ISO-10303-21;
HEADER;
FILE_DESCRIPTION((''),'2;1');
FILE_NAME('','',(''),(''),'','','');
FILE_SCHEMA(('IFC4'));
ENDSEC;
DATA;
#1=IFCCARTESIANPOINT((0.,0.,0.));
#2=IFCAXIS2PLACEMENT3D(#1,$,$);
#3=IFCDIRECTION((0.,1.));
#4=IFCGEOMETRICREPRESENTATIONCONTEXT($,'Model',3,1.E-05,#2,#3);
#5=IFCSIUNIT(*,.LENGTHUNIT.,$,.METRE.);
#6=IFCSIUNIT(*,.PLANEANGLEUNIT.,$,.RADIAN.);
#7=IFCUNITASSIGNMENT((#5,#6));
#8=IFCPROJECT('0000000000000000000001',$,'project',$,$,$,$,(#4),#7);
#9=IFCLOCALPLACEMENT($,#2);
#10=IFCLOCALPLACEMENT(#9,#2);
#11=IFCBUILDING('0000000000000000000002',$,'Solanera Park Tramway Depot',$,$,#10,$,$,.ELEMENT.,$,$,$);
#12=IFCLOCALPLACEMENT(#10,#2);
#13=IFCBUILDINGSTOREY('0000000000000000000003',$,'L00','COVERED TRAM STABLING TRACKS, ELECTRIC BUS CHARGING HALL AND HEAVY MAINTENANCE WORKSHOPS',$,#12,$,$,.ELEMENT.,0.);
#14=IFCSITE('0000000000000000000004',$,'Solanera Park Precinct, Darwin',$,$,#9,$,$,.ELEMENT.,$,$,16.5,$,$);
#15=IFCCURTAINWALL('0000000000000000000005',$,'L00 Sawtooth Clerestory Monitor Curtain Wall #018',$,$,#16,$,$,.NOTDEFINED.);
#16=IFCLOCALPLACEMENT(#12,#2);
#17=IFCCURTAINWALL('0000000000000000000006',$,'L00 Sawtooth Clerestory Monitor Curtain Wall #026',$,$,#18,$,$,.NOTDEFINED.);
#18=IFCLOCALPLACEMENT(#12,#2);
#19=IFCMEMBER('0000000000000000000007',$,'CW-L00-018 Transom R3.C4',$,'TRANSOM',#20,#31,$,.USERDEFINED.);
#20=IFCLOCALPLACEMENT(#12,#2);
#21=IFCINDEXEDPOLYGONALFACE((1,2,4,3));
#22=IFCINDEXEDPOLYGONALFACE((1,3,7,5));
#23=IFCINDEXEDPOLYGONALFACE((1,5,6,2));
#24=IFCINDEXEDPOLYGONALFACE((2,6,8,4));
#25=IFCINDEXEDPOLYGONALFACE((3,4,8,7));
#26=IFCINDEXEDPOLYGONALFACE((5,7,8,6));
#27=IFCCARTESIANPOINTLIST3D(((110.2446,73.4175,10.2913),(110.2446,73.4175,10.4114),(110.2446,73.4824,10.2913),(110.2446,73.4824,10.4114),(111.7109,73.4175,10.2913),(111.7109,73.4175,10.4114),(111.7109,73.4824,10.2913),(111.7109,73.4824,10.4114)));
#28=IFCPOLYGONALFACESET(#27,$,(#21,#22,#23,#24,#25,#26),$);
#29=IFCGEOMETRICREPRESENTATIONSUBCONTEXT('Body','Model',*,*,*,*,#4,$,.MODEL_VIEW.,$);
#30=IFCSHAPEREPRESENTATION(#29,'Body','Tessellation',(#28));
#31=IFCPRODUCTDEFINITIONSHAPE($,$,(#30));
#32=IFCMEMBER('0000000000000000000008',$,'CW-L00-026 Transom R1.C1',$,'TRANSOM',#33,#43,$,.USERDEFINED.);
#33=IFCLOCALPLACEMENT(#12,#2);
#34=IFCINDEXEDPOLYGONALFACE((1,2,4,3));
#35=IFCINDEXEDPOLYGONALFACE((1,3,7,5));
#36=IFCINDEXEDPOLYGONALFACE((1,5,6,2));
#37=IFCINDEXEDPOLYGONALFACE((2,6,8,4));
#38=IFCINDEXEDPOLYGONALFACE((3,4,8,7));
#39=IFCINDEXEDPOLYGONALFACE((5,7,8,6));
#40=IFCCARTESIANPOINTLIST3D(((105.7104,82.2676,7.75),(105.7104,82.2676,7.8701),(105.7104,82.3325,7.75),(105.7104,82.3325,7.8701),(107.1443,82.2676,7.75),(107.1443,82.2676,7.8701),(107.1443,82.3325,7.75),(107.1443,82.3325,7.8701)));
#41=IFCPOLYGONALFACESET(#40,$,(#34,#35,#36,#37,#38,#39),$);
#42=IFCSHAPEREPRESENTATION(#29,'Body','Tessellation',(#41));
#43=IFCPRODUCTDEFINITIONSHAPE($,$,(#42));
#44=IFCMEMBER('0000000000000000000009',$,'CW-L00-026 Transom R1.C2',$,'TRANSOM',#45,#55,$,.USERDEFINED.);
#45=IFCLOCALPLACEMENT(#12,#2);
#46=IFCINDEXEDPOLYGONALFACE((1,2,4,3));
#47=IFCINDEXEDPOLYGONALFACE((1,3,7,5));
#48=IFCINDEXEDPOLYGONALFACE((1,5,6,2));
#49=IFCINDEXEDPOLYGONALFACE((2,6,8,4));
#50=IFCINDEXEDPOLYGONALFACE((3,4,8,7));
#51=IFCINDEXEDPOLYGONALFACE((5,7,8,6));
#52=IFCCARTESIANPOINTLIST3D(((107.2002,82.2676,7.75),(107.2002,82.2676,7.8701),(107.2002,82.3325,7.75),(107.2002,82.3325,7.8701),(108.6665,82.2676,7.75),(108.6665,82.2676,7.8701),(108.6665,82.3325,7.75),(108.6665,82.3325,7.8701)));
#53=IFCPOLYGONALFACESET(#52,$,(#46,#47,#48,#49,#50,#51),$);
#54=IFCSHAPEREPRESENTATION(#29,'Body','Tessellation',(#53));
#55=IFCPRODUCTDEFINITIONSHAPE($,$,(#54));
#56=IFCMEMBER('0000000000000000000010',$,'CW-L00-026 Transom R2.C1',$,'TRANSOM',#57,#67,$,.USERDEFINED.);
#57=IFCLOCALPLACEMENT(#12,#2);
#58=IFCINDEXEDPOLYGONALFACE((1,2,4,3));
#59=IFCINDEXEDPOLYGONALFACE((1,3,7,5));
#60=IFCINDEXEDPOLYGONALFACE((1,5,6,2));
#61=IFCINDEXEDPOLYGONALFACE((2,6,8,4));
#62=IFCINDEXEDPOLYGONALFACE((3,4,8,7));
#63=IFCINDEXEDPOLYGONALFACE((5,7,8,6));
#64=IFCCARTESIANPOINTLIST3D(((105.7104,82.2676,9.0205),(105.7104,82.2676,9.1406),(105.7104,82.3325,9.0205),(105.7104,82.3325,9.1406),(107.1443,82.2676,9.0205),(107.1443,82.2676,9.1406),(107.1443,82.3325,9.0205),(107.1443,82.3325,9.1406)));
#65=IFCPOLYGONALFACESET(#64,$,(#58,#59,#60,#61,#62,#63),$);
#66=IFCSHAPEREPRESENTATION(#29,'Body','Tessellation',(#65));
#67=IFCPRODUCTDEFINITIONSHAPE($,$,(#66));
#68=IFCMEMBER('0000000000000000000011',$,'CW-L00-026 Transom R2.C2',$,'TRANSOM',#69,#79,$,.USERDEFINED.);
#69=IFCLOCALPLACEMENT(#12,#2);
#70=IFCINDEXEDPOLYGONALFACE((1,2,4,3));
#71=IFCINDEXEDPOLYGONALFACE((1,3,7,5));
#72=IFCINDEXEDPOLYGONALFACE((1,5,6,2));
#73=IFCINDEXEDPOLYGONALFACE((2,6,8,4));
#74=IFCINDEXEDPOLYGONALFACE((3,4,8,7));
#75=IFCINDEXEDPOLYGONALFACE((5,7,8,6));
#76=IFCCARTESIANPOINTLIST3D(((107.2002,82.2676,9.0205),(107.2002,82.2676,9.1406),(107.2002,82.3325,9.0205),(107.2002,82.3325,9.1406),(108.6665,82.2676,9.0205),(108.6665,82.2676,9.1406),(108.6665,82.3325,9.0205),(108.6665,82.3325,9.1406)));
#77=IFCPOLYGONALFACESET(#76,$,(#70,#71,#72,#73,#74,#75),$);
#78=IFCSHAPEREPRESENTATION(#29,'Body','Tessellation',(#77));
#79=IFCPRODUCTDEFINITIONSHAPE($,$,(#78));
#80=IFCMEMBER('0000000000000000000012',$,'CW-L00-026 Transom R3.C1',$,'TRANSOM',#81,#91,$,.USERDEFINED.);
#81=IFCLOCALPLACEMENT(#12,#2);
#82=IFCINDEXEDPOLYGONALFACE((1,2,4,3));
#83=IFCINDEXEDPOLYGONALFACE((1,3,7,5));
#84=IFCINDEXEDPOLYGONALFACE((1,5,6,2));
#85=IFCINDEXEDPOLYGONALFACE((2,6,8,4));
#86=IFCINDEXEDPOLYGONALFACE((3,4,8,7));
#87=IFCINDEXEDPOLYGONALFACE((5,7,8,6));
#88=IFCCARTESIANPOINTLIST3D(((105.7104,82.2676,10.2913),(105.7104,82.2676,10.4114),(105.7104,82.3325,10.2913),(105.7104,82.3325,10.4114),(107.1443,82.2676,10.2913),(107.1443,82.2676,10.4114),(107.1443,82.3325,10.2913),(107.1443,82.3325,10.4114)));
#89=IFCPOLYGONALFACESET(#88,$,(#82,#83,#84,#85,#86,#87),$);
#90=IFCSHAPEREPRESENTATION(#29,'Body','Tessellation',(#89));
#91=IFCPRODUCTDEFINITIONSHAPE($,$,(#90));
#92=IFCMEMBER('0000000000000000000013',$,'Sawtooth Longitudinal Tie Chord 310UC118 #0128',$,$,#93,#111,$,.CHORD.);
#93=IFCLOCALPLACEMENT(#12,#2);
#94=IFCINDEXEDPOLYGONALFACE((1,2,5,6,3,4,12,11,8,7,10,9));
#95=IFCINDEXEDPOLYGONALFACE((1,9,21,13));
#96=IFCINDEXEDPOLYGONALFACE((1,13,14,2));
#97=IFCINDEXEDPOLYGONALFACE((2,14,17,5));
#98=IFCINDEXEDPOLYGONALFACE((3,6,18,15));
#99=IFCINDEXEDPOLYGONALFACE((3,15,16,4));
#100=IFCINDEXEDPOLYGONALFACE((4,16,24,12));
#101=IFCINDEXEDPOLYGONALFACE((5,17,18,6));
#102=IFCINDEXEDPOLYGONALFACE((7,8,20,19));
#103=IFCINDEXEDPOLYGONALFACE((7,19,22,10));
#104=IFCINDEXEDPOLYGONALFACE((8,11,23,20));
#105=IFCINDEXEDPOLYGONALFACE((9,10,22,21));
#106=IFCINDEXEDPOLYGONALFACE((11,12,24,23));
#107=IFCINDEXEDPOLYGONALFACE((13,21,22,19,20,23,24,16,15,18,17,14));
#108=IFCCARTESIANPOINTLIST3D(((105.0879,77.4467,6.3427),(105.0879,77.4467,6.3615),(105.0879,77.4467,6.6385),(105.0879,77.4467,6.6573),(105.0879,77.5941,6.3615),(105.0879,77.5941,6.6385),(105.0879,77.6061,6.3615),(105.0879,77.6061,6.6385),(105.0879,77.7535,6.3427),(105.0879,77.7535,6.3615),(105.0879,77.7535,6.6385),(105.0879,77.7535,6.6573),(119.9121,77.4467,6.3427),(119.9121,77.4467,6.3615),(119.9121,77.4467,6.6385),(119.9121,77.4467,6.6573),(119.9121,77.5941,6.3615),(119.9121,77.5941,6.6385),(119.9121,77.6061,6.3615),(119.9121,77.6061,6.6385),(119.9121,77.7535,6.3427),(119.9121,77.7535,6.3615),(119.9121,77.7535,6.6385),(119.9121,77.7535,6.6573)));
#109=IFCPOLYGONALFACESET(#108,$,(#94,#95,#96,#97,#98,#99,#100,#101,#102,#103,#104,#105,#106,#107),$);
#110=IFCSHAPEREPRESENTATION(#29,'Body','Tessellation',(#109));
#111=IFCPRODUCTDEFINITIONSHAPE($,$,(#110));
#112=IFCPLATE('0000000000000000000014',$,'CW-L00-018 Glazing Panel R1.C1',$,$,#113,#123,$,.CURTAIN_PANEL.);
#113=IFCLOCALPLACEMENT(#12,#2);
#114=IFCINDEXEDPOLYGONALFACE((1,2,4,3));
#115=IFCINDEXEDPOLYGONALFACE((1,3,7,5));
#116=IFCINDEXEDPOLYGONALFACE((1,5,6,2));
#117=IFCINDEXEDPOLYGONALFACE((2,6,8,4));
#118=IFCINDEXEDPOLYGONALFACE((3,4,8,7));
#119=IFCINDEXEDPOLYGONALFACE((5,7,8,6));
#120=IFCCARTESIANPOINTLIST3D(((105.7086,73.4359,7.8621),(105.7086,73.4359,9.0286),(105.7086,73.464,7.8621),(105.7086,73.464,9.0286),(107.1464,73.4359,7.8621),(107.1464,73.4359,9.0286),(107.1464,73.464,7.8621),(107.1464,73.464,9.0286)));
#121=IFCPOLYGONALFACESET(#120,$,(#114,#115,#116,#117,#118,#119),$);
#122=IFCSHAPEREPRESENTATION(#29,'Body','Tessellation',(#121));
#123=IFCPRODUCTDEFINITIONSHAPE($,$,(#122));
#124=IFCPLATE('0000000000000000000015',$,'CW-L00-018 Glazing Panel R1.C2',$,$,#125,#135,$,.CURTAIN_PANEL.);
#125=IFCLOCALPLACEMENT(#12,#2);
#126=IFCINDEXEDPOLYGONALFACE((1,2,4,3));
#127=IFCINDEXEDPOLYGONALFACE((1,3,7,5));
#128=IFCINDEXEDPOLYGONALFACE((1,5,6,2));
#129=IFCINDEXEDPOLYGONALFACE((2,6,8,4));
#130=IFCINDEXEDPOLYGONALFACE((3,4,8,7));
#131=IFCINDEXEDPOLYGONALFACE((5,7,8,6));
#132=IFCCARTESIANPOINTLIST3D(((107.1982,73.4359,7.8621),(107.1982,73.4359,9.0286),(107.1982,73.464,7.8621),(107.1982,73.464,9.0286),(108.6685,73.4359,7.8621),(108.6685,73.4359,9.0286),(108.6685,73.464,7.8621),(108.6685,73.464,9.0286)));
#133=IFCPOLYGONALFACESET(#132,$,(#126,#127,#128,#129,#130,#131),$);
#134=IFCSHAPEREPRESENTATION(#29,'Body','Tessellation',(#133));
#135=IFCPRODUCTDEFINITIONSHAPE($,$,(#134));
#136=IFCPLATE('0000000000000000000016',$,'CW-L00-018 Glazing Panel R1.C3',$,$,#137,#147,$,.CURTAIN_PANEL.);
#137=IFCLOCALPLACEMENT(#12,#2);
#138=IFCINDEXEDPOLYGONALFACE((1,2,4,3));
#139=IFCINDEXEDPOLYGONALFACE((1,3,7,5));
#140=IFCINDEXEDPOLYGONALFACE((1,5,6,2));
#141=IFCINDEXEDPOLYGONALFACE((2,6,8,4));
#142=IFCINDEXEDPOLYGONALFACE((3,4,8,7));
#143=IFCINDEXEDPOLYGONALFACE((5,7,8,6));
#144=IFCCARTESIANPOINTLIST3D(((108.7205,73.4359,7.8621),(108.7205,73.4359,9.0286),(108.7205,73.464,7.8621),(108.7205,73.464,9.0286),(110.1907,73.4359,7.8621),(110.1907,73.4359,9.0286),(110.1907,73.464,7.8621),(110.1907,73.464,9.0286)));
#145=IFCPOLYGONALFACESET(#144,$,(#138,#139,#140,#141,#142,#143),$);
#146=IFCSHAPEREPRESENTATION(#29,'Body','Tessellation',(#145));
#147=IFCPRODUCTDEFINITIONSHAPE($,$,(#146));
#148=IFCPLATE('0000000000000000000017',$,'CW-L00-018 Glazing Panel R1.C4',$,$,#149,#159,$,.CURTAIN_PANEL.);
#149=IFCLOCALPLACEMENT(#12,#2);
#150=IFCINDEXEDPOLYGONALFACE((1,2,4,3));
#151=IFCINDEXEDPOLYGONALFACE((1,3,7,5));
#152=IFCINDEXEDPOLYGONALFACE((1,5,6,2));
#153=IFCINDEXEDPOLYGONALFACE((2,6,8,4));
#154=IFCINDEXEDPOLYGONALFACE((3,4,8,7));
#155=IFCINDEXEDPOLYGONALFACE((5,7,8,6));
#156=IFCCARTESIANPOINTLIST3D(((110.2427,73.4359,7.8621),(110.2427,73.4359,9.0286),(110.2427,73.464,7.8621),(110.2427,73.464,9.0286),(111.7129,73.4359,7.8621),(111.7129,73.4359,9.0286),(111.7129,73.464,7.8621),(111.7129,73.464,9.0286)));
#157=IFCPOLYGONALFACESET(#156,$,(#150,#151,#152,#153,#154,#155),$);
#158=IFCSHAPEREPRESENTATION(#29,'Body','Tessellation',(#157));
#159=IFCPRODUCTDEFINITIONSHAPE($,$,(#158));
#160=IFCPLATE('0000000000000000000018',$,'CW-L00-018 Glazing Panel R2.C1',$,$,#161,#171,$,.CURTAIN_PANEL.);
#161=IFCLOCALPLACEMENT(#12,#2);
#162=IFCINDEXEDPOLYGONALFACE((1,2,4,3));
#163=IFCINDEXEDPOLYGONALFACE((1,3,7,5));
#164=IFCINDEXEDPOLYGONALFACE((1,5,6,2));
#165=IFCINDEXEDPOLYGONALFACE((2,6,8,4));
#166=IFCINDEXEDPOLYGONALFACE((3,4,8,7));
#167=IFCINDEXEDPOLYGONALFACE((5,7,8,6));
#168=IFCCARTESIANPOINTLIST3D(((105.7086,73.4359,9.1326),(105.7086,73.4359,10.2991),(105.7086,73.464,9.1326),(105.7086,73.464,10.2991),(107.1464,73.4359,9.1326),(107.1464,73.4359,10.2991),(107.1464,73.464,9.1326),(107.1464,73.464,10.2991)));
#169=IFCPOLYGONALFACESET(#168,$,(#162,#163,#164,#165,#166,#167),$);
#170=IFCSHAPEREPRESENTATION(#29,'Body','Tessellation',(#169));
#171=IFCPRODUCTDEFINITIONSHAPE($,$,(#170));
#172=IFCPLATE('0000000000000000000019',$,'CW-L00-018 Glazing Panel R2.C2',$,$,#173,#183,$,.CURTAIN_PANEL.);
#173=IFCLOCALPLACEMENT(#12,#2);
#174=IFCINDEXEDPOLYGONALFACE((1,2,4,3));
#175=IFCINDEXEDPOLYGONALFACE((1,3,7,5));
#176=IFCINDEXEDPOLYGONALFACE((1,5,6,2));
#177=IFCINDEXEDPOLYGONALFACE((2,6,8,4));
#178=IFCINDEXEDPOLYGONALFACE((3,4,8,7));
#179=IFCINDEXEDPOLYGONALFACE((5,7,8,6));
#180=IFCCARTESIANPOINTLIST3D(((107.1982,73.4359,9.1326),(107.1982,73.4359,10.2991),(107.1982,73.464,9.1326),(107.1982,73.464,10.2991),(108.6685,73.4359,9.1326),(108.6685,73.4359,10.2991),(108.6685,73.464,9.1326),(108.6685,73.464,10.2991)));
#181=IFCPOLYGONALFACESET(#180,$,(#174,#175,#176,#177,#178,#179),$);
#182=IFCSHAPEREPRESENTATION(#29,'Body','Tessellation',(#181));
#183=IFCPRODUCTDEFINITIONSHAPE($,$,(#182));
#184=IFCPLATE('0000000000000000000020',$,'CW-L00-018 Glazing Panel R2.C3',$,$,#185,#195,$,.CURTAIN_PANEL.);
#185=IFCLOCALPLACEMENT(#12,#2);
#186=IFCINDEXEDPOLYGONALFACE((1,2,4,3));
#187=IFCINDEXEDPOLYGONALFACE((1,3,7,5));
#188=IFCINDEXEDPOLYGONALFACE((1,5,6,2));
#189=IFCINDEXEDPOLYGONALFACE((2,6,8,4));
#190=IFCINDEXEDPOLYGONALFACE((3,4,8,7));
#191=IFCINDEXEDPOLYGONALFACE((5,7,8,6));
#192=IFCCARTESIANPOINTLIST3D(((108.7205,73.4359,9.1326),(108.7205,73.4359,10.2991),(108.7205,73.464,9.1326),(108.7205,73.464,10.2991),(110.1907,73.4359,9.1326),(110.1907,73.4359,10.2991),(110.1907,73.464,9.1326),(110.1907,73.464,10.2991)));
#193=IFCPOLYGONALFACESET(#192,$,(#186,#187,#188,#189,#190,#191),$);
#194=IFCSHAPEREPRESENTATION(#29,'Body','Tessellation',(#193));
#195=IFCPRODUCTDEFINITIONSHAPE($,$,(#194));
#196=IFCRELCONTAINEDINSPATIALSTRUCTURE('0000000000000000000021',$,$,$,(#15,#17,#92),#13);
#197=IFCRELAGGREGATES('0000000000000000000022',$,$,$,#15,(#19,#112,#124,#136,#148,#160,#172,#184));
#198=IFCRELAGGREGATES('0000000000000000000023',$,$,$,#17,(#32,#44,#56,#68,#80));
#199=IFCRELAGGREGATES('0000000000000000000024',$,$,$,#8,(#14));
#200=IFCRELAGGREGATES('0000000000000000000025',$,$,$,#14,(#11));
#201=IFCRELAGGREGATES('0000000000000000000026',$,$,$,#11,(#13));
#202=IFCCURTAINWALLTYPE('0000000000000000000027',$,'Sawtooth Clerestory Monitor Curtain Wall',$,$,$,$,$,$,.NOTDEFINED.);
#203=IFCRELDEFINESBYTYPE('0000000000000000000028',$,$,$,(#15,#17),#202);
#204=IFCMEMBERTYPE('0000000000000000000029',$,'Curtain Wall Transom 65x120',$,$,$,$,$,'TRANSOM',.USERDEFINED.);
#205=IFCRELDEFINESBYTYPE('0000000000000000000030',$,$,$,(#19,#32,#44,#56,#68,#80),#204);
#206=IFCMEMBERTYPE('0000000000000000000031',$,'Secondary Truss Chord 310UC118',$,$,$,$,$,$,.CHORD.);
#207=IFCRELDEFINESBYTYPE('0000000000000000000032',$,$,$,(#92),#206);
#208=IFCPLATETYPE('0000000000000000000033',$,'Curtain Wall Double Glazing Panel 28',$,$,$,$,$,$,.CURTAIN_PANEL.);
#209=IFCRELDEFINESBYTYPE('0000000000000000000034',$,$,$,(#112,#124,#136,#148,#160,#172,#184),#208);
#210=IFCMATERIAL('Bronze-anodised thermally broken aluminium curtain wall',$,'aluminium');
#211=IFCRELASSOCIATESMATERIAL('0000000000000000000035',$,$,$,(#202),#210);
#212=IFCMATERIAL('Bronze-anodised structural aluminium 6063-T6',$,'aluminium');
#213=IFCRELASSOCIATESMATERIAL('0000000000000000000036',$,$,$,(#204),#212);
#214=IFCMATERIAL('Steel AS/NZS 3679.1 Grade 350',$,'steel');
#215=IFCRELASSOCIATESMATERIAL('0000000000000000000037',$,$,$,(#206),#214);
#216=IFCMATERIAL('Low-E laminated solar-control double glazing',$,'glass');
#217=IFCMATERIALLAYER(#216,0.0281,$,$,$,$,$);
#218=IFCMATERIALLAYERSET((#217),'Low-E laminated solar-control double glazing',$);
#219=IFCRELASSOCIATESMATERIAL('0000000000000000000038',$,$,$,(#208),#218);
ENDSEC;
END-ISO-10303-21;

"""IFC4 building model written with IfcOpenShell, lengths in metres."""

from ifc_helpers import new_model, si_unit, direction, frame, origin, origin_2d, place, context, subcontext, project, spatial, rectangle, i_section, extrude, material, layer, layer_set, material_profile, profile_set, type_object, element, aggregate, save


model = new_model("IFC4")

# Units and contexts
model_context = context("Model", 3, precision=1e-05, world=origin(), true_north=direction((0.0, 1.0)))
body_context = subcontext(model_context, "Body", "Model", "MODEL_VIEW")
ifc_project = project(units=[si_unit("LENGTHUNIT", "METRE"), si_unit("PLANEANGLEUNIT", "RADIAN")], contexts=[model_context])

# Site, building, storey
site_placement = place(None, origin())
site = spatial("IfcSite", under=ifc_project, at=site_placement, Name="Solanera Park Precinct, Darwin", CompositionType="ELEMENT", RefElevation=16.5)
building_placement = place(site_placement, origin())
building = spatial("IfcBuilding", under=site, at=building_placement, Name="Solanera Park Tramway Depot", CompositionType="ELEMENT")
storey_placement = place(building_placement, origin())
storey = spatial("IfcBuildingStorey", under=building, at=storey_placement, Name="L00", Description="COVERED TRAM STABLING TRACKS, ELECTRIC BUS CHARGING HALL AND HEAVY MAINTENANCE WORKSHOPS", CompositionType="ELEMENT", Elevation=0.0)

# Curtain walls
ifc_material_1 = material(Name="Bronze-anodised thermally broken aluminium curtain wall", Category="aluminium")
curtain_wall_type = type_object("IfcCurtainWallType", Name="Sawtooth Clerestory Monitor Curtain Wall", PredefinedType="NOTDEFINED", material=ifc_material_1)
curtain_wall_1_placement = place(storey_placement, origin())
curtain_wall_1 = element("IfcCurtainWall", 1, at=curtain_wall_1_placement, inside=storey, type_object=curtain_wall_type, Name="L00 Sawtooth Clerestory Monitor Curtain Wall #018", PredefinedType="NOTDEFINED")
curtain_wall_2_placement = place(storey_placement, origin())
curtain_wall_2 = element("IfcCurtainWall", 2, at=curtain_wall_2_placement, inside=storey, type_object=curtain_wall_type, Name="L00 Sawtooth Clerestory Monitor Curtain Wall #026", PredefinedType="NOTDEFINED")

# Members
ifc_material_2 = material(Name="Bronze-anodised structural aluminium 6063-T6", Category="aluminium")
ifc_material_profile_1 = material_profile(ifc_material_2, rectangle(XDim=0.0649, YDim=0.1201, at=origin_2d()), Name="Curtain Wall Transom 65x120")
ifc_profile_set_1 = profile_set([ifc_material_profile_1], Name="Bronze-anodised structural aluminium 6063-T6")
member_type_1 = type_object("IfcMemberType", Name="Curtain Wall Transom 65x120", ElementType="TRANSOM", PredefinedType="USERDEFINED", material=ifc_profile_set_1)
member_1_placement = place(storey_placement, frame((110.2446, 73.45, 10.3513), z_axis=(1.0, 0.0, 0.0), x_axis=(0.0, 1.0, 0.0)))
member_1 = element("IfcMember", 3, at=member_1_placement, type_object=member_type_1, Name="CW-L00-018 Transom R3.C4", ObjectType="TRANSOM", PredefinedType="USERDEFINED", context=body_context, shape_type="SweptSolid", body=[
    extrude(rectangle(XDim=0.0649, YDim=0.1201, at=origin_2d()), origin(), (0.0, 0.0, 1.0), 1.4663),
])
member_2_placement = place(storey_placement, frame((105.7104, 82.3, 7.8101), z_axis=(1.0, 0.0, 0.0), x_axis=(0.0, 1.0, 0.0)))
member_2 = element("IfcMember", 4, at=member_2_placement, type_object=member_type_1, Name="CW-L00-026 Transom R1.C1", ObjectType="TRANSOM", PredefinedType="USERDEFINED", context=body_context, shape_type="SweptSolid", body=[
    extrude(rectangle(XDim=0.0649, YDim=0.1201, at=origin_2d()), origin(), (0.0, 0.0, 1.0), 1.4338),
])
member_3_placement = place(storey_placement, frame((107.2002, 82.3, 7.8101), z_axis=(1.0, 0.0, 0.0), x_axis=(0.0, 1.0, 0.0)))
member_3 = element("IfcMember", 5, at=member_3_placement, type_object=member_type_1, Name="CW-L00-026 Transom R1.C2", ObjectType="TRANSOM", PredefinedType="USERDEFINED", context=body_context, shape_type="SweptSolid", body=[
    extrude(rectangle(XDim=0.0649, YDim=0.1201, at=origin_2d()), origin(), (0.0, 0.0, 1.0), 1.4663),
])
member_4_placement = place(storey_placement, frame((105.7104, 82.3, 9.0806), z_axis=(1.0, 0.0, 0.0), x_axis=(0.0, 1.0, 0.0)))
member_4 = element("IfcMember", 6, at=member_4_placement, type_object=member_type_1, Name="CW-L00-026 Transom R2.C1", ObjectType="TRANSOM", PredefinedType="USERDEFINED", context=body_context, shape_type="SweptSolid", body=[
    extrude(rectangle(XDim=0.0649, YDim=0.1201, at=origin_2d()), origin(), (0.0, 0.0, 1.0), 1.4338),
])
member_5_placement = place(storey_placement, frame((107.2002, 82.3, 9.0806), z_axis=(1.0, 0.0, 0.0), x_axis=(0.0, 1.0, 0.0)))
member_5 = element("IfcMember", 7, at=member_5_placement, type_object=member_type_1, Name="CW-L00-026 Transom R2.C2", ObjectType="TRANSOM", PredefinedType="USERDEFINED", context=body_context, shape_type="SweptSolid", body=[
    extrude(rectangle(XDim=0.0649, YDim=0.1201, at=origin_2d()), origin(), (0.0, 0.0, 1.0), 1.4663),
])
member_6_placement = place(storey_placement, frame((105.7104, 82.3, 10.3513), z_axis=(1.0, 0.0, 0.0), x_axis=(0.0, 1.0, 0.0)))
member_6 = element("IfcMember", 8, at=member_6_placement, type_object=member_type_1, Name="CW-L00-026 Transom R3.C1", ObjectType="TRANSOM", PredefinedType="USERDEFINED", context=body_context, shape_type="SweptSolid", body=[
    extrude(rectangle(XDim=0.0649, YDim=0.1201, at=origin_2d()), origin(), (0.0, 0.0, 1.0), 1.4338),
])
ifc_material_3 = material(Name="Steel AS/NZS 3679.1 Grade 350", Category="steel")
ifc_material_profile_2 = material_profile(ifc_material_3, i_section(OverallWidth=0.3069, OverallDepth=0.3147, WebThickness=0.012, FlangeThickness=0.0188, at=origin_2d()), Name="310UC118")
ifc_profile_set_2 = profile_set([ifc_material_profile_2], Name="Steel AS/NZS 3679.1 Grade 350")
member_type_2 = type_object("IfcMemberType", Name="Secondary Truss Chord 310UC118", PredefinedType="CHORD", material=ifc_profile_set_2)
member_7_placement = place(storey_placement, frame((105.0879, 77.6001, 6.5), z_axis=(1.0, 0.0, 0.0), x_axis=(0.0, 1.0, 0.0)))
element("IfcMember", 9, at=member_7_placement, inside=storey, type_object=member_type_2, Name="Sawtooth Longitudinal Tie Chord 310UC118 #0128", PredefinedType="CHORD", context=body_context, shape_type="SweptSolid", body=[
    extrude(i_section(OverallWidth=0.3069, OverallDepth=0.3147, WebThickness=0.012, FlangeThickness=0.0188, at=origin_2d()), origin(), (0.0, 0.0, 1.0), 14.8242),
])

# Plates
ifc_material_4 = material(Name="Low-E laminated solar-control double glazing", Category="glass")
ifc_layer = layer(ifc_material_4, 0.0281)
ifc_layer_set = layer_set([ifc_layer], Name="Low-E laminated solar-control double glazing")
plate_type = type_object("IfcPlateType", Name="Curtain Wall Double Glazing Panel 28", PredefinedType="CURTAIN_PANEL", material=ifc_layer_set)
plate_1_placement = place(storey_placement, frame((106.4275, 73.45, 7.8621), z_axis=(0.0, 0.0, 1.0), x_axis=(1.0, 0.0, 0.0)))
plate_1 = element("IfcPlate", 10, at=plate_1_placement, type_object=plate_type, Name="CW-L00-018 Glazing Panel R1.C1", PredefinedType="CURTAIN_PANEL", context=body_context, shape_type="SweptSolid", body=[
    extrude(rectangle(XDim=1.4377, YDim=0.0281, at=origin_2d()), origin(), (0.0, 0.0, 1.0), 1.1665),
])
plate_2_placement = place(storey_placement, frame((107.9333, 73.45, 7.8621), z_axis=(0.0, 0.0, 1.0), x_axis=(1.0, 0.0, 0.0)))
plate_2 = element("IfcPlate", 11, at=plate_2_placement, type_object=plate_type, Name="CW-L00-018 Glazing Panel R1.C2", PredefinedType="CURTAIN_PANEL", context=body_context, shape_type="SweptSolid", body=[
    extrude(rectangle(XDim=1.4702, YDim=0.0281, at=origin_2d()), origin(), (0.0, 0.0, 1.0), 1.1665),
])
plate_3_placement = place(storey_placement, frame((109.4556, 73.45, 7.8621), z_axis=(0.0, 0.0, 1.0), x_axis=(1.0, 0.0, 0.0)))
plate_3 = element("IfcPlate", 12, at=plate_3_placement, type_object=plate_type, Name="CW-L00-018 Glazing Panel R1.C3", PredefinedType="CURTAIN_PANEL", context=body_context, shape_type="SweptSolid", body=[
    extrude(rectangle(XDim=1.4702, YDim=0.0281, at=origin_2d()), origin(), (0.0, 0.0, 1.0), 1.1665),
])
plate_4_placement = place(storey_placement, frame((110.9778, 73.45, 7.8621), z_axis=(0.0, 0.0, 1.0), x_axis=(1.0, 0.0, 0.0)))
plate_4 = element("IfcPlate", 13, at=plate_4_placement, type_object=plate_type, Name="CW-L00-018 Glazing Panel R1.C4", PredefinedType="CURTAIN_PANEL", context=body_context, shape_type="SweptSolid", body=[
    extrude(rectangle(XDim=1.4702, YDim=0.0281, at=origin_2d()), origin(), (0.0, 0.0, 1.0), 1.1665),
])
plate_5_placement = place(storey_placement, frame((106.4275, 73.45, 9.1326), z_axis=(0.0, 0.0, 1.0), x_axis=(1.0, 0.0, 0.0)))
plate_5 = element("IfcPlate", 14, at=plate_5_placement, type_object=plate_type, Name="CW-L00-018 Glazing Panel R2.C1", PredefinedType="CURTAIN_PANEL", context=body_context, shape_type="SweptSolid", body=[
    extrude(rectangle(XDim=1.4377, YDim=0.0281, at=origin_2d()), origin(), (0.0, 0.0, 1.0), 1.1665),
])
plate_6_placement = place(storey_placement, frame((107.9333, 73.45, 9.1326), z_axis=(0.0, 0.0, 1.0), x_axis=(1.0, 0.0, 0.0)))
plate_6 = element("IfcPlate", 15, at=plate_6_placement, type_object=plate_type, Name="CW-L00-018 Glazing Panel R2.C2", PredefinedType="CURTAIN_PANEL", context=body_context, shape_type="SweptSolid", body=[
    extrude(rectangle(XDim=1.4702, YDim=0.0281, at=origin_2d()), origin(), (0.0, 0.0, 1.0), 1.1665),
])
plate_7_placement = place(storey_placement, frame((109.4556, 73.45, 9.1326), z_axis=(0.0, 0.0, 1.0), x_axis=(1.0, 0.0, 0.0)))
plate_7 = element("IfcPlate", 16, at=plate_7_placement, type_object=plate_type, Name="CW-L00-018 Glazing Panel R2.C3", PredefinedType="CURTAIN_PANEL", context=body_context, shape_type="SweptSolid", body=[
    extrude(rectangle(XDim=1.4702, YDim=0.0281, at=origin_2d()), origin(), (0.0, 0.0, 1.0), 1.1665),
])
aggregate(curtain_wall_1, [member_1, plate_1, plate_2, plate_3, plate_4, plate_5, plate_6, plate_7])
aggregate(curtain_wall_2, [member_2, member_3, member_4, member_5, member_6])

save(model, "model.ifc")
